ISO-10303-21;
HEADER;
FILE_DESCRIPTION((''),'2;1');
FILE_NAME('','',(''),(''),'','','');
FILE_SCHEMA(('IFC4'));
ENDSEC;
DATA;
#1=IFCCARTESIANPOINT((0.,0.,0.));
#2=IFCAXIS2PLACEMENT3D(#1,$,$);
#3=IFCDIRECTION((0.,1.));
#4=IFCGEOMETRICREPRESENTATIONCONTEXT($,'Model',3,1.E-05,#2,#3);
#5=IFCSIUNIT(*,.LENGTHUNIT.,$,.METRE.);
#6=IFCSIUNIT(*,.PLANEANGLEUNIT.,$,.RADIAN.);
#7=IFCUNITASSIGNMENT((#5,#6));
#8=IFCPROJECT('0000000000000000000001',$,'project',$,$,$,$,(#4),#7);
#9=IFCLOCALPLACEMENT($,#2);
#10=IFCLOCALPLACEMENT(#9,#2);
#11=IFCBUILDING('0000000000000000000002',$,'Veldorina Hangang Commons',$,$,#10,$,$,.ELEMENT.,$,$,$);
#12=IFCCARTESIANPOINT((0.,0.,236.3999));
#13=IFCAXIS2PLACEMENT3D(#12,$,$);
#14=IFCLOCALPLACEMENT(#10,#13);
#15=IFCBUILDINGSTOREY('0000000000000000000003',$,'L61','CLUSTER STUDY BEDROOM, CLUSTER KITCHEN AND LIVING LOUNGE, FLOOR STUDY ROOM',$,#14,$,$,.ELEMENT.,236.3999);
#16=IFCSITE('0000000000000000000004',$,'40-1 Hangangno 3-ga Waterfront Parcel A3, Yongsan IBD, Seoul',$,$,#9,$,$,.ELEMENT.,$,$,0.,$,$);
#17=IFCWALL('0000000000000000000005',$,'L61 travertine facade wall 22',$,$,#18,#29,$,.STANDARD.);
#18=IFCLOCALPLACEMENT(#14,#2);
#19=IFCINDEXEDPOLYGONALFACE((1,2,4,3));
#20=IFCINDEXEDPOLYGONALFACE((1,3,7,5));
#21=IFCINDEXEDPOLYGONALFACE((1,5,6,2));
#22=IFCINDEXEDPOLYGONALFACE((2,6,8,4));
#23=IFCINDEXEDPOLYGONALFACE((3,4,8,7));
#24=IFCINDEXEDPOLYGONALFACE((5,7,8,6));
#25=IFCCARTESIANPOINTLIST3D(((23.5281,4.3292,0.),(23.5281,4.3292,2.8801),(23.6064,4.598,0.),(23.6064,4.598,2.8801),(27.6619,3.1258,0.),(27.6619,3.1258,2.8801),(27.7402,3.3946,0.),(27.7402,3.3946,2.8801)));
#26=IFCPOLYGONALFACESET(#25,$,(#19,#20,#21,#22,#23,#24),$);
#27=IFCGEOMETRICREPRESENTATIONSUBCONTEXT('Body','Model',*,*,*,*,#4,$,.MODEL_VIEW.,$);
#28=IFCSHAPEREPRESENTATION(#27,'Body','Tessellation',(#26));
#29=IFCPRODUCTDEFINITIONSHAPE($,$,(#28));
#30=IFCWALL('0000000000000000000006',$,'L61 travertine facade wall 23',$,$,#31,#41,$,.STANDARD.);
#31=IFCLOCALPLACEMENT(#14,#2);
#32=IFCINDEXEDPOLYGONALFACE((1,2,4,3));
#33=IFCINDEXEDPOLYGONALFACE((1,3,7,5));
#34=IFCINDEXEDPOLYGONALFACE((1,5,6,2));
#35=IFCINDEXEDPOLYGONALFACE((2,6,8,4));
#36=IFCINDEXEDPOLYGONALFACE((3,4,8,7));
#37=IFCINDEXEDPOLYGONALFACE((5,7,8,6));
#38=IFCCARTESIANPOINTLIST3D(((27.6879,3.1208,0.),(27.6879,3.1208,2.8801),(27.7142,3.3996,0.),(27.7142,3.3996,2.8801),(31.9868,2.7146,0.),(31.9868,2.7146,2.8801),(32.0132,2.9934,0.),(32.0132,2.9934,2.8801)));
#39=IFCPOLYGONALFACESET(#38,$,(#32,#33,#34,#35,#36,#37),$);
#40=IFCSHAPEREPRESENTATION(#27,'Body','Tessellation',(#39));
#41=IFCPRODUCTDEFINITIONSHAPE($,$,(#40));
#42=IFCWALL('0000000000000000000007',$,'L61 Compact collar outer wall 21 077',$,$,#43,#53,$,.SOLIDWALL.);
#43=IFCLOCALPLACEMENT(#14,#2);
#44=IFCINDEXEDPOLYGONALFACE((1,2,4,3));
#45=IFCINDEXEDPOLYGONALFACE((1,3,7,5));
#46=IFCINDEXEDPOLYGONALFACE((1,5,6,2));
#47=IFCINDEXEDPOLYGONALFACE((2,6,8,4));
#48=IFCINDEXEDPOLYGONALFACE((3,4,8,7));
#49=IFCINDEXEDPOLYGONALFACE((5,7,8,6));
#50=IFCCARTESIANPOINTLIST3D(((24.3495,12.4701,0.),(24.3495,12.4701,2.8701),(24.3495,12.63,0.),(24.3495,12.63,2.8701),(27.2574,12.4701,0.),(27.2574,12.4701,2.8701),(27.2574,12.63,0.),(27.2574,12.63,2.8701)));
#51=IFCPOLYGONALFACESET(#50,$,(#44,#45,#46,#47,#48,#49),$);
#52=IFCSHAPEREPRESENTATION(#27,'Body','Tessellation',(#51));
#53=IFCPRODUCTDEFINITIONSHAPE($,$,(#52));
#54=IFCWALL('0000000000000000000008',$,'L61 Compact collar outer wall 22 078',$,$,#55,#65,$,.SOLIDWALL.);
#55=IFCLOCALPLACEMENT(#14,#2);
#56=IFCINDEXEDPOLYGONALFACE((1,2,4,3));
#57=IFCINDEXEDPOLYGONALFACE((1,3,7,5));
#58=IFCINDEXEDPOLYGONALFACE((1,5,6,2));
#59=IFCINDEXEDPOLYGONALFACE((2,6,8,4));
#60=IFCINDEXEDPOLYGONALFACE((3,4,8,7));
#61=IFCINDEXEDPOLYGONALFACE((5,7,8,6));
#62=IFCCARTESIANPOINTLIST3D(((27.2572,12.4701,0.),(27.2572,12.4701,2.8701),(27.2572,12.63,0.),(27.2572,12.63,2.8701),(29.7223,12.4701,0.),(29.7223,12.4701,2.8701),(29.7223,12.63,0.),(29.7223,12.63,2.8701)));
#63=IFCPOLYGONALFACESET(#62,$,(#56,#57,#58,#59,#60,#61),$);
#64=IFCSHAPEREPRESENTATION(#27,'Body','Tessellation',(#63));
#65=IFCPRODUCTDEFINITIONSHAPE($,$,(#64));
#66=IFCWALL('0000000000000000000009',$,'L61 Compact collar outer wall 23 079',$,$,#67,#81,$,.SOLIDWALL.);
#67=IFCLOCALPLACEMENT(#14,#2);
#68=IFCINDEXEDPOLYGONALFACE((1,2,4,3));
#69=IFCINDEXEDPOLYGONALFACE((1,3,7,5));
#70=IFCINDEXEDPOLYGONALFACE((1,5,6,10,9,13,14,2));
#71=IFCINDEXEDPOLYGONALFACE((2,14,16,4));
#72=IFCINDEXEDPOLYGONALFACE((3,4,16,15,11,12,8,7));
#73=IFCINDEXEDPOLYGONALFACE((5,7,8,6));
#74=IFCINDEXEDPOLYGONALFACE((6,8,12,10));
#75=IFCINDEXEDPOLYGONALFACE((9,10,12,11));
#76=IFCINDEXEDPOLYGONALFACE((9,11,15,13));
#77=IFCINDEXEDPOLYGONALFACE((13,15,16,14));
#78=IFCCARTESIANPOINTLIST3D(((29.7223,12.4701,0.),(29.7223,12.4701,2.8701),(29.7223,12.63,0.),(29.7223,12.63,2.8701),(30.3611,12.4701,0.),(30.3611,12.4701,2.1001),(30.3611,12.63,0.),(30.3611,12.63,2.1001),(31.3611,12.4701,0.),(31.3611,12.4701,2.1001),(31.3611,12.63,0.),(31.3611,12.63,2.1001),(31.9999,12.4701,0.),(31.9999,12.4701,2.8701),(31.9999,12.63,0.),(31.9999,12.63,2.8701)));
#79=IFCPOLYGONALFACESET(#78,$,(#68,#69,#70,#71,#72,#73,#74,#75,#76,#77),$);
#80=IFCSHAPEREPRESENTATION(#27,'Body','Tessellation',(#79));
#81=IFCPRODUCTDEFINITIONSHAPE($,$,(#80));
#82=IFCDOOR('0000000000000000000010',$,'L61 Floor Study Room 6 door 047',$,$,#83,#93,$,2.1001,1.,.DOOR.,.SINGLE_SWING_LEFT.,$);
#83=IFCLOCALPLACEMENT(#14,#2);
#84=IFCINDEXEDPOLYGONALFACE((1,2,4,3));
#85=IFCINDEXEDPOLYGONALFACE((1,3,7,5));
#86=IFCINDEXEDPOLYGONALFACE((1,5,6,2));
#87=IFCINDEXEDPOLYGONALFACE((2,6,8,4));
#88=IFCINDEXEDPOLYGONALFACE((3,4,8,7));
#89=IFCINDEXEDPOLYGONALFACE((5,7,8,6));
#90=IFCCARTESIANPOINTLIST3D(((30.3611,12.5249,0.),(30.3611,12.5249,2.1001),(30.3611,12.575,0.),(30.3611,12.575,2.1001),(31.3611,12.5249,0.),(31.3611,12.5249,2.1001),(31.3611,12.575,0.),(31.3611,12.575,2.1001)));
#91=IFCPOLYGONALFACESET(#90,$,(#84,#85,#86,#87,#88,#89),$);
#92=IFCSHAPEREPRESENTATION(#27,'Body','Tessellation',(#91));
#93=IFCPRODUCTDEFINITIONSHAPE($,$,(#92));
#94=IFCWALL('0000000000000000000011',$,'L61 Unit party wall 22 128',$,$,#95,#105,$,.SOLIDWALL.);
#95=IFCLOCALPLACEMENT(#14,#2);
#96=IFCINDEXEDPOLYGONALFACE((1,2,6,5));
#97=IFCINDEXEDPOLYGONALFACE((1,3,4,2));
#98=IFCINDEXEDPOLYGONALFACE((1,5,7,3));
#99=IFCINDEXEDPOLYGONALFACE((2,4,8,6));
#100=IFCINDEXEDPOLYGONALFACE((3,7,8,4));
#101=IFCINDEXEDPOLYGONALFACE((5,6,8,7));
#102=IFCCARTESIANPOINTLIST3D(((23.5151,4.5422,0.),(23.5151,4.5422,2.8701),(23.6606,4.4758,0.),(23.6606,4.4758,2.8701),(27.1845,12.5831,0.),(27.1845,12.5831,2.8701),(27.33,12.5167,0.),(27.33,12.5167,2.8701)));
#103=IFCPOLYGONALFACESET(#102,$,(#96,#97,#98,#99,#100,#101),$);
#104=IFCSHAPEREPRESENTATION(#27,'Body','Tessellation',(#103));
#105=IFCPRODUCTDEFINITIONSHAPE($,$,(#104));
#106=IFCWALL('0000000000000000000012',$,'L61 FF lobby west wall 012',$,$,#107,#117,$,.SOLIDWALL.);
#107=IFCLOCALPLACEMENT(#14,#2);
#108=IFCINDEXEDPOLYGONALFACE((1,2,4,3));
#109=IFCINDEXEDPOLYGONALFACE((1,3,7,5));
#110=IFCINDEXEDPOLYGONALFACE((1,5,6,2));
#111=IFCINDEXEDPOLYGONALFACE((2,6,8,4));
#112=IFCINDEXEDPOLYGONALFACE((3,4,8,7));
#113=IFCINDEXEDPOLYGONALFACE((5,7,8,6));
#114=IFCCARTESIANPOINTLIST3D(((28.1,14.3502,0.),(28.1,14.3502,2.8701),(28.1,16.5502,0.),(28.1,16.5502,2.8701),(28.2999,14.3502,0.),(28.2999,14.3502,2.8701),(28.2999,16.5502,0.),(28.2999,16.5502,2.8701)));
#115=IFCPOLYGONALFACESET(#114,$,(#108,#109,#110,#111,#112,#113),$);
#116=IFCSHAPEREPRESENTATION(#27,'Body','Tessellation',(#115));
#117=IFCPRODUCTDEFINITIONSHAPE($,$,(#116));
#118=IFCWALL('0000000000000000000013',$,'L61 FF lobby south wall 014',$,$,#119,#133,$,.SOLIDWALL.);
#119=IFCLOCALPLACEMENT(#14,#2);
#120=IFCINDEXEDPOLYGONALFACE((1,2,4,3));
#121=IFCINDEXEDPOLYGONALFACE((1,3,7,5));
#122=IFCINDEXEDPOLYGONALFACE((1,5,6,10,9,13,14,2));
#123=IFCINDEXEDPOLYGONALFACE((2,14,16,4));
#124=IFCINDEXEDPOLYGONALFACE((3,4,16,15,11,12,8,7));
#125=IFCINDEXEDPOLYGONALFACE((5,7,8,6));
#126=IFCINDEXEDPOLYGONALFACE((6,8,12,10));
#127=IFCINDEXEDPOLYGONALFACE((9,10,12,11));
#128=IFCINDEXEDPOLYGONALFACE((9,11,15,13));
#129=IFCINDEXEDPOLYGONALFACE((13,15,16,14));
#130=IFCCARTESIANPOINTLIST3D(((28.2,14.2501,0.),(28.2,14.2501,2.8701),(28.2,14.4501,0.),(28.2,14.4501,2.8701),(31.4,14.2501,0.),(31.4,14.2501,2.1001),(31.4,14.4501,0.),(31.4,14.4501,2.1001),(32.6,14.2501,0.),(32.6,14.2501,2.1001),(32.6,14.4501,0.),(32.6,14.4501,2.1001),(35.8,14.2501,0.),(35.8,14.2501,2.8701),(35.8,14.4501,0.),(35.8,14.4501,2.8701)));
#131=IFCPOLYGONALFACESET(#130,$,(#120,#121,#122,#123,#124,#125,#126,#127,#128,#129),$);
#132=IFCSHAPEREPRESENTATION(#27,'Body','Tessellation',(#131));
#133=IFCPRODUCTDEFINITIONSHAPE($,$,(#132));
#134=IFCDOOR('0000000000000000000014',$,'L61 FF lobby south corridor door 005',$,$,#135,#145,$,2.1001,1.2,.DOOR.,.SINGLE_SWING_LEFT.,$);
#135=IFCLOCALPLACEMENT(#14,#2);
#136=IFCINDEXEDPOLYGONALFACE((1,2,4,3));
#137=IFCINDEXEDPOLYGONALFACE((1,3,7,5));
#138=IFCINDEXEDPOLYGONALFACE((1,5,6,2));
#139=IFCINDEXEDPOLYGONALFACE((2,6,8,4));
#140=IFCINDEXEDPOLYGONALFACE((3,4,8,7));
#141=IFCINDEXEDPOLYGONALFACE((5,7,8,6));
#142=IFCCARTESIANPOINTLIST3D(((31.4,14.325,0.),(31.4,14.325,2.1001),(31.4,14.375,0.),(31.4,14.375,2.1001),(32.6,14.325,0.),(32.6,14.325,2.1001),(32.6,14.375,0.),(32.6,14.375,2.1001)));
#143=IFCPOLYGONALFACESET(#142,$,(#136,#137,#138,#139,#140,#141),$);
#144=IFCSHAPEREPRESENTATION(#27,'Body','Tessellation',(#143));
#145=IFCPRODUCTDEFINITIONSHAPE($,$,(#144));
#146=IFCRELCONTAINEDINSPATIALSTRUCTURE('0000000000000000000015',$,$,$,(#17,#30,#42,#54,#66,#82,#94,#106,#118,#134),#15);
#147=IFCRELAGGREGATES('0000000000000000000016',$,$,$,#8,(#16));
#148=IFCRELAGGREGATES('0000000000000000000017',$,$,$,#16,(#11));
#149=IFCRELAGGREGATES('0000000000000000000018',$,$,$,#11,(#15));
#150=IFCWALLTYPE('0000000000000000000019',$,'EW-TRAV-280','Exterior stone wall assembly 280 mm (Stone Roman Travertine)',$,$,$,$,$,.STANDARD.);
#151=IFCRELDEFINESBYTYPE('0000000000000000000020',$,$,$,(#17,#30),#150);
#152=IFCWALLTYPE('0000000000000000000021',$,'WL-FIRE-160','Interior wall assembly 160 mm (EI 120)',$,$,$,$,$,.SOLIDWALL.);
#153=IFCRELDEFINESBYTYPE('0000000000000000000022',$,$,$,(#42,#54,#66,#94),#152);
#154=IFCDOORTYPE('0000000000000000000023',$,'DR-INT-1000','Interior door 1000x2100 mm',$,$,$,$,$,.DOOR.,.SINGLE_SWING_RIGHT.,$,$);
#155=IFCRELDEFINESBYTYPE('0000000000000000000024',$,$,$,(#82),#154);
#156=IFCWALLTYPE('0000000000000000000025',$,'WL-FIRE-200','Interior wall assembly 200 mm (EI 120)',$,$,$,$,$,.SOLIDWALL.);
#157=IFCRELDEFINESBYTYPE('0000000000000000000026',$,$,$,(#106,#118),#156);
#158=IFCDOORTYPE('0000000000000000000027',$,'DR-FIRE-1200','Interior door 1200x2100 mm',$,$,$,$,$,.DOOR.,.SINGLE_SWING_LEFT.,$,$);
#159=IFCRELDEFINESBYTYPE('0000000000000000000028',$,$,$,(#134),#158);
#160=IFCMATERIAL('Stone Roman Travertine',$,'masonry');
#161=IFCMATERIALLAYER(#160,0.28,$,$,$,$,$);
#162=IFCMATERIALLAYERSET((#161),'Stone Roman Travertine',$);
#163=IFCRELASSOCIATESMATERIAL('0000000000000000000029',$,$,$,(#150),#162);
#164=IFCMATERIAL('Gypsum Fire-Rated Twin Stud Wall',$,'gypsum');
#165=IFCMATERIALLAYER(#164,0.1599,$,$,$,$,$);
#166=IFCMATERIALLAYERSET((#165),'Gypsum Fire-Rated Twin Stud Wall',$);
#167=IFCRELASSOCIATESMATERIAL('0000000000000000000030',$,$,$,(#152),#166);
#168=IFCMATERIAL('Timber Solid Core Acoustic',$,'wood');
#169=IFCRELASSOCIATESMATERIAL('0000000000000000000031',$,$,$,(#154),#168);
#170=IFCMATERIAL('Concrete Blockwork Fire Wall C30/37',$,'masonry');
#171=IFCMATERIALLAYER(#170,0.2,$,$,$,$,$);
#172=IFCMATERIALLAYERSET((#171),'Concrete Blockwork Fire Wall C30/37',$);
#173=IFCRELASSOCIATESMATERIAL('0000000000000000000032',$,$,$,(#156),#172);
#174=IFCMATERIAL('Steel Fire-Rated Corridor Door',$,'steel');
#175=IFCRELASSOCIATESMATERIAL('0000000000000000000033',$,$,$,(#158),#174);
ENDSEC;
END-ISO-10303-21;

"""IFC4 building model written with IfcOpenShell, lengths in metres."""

from ifc_helpers import new_model, si_unit, direction, frame, frame_2d, origin, place, context, subcontext, project, spatial, rectangle, extrude, material, layer, layer_set, type_object, element, fill, save


model = new_model("IFC4")

# Units and contexts
model_context = context("Model", 3, precision=1e-05, world=origin(), true_north=direction((0.0, 1.0)))
body_context = subcontext(model_context, "Body", "Model", "MODEL_VIEW")
ifc_project = project(units=[si_unit("LENGTHUNIT", "METRE"), si_unit("PLANEANGLEUNIT", "RADIAN")], contexts=[model_context])

# Site, building, storey
site_placement = place(None, origin())
site = spatial("IfcSite", under=ifc_project, at=site_placement, Name="40-1 Hangangno 3-ga Waterfront Parcel A3, Yongsan IBD, Seoul", CompositionType="ELEMENT", RefElevation=0.0)
building_placement = place(site_placement, origin())
building = spatial("IfcBuilding", under=site, at=building_placement, Name="Veldorina Hangang Commons", CompositionType="ELEMENT")
storey_placement = place(building_placement, frame((0.0, 0.0, 236.3999)))
storey = spatial("IfcBuildingStorey", under=building, at=storey_placement, Name="L61", Description="CLUSTER STUDY BEDROOM, CLUSTER KITCHEN AND LIVING LOUNGE, FLOOR STUDY ROOM", CompositionType="ELEMENT", Elevation=236.3999)

# Walls
ifc_material_1 = material(Name="Stone Roman Travertine", Category="masonry")
ifc_layer_1 = layer(ifc_material_1, 0.28)
ifc_layer_set_1 = layer_set([ifc_layer_1], Name="Stone Roman Travertine")
wall_type_1 = type_object("IfcWallType", Name="EW-TRAV-280", Description="Exterior stone wall assembly 280 mm (Stone Roman Travertine)", PredefinedType="STANDARD", material=ifc_layer_set_1)
wall_1_placement = place(storey_placement, frame((23.5671, 4.4636, 0.0), z_axis=(0.0, 0.0, 1.0), x_axis=(0.960145, -0.279503, 0.0)))
element("IfcWall", 1, at=wall_1_placement, inside=storey, type_object=wall_type_1, Name="L61 travertine facade wall 22", PredefinedType="STANDARD", context=body_context, shape_type="SweptSolid", body=[
    extrude(rectangle(XDim=4.3054, YDim=0.28, at=frame_2d((2.1528, 0.0))), origin(), (0.0, 0.0, 1.0), 2.8801),
])
wall_2_placement = place(storey_placement, frame((27.7009, 3.2603, 0.0), z_axis=(0.0, 0.0, 1.0), x_axis=(0.995565, -0.094078, 0.0)))
element("IfcWall", 2, at=wall_2_placement, inside=storey, type_object=wall_type_1, Name="L61 travertine facade wall 23", PredefinedType="STANDARD", context=body_context, shape_type="SweptSolid", body=[
    extrude(rectangle(XDim=4.3181, YDim=0.28, at=frame_2d((2.1592, 0.0))), origin(), (0.0, 0.0, 1.0), 2.8801),
])
ifc_material_2 = material(Name="Gypsum Fire-Rated Twin Stud Wall", Category="gypsum")
ifc_layer_2 = layer(ifc_material_2, 0.1599)
ifc_layer_set_2 = layer_set([ifc_layer_2], Name="Gypsum Fire-Rated Twin Stud Wall")
wall_type_2 = type_object("IfcWallType", Name="WL-FIRE-160", Description="Interior wall assembly 160 mm (EI 120)", PredefinedType="SOLIDWALL", material=ifc_layer_set_2)
wall_3_placement = place(storey_placement, frame((24.3494, 12.55, 0.0), z_axis=(0.0, 0.0, 1.0), x_axis=(1.0, 0.0, 0.0)))
element("IfcWall", 3, at=wall_3_placement, inside=storey, type_object=wall_type_2, Name="L61 Compact collar outer wall 21 077", PredefinedType="SOLIDWALL", context=body_context, shape_type="SweptSolid", body=[
    extrude(rectangle(XDim=2.908, YDim=0.1599, at=frame_2d((1.4541, 0.0))), origin(), (0.0, 0.0, 1.0), 2.8701),
])
wall_4_placement = place(storey_placement, frame((27.2573, 12.55, 0.0), z_axis=(0.0, 0.0, 1.0), x_axis=(1.0, 0.0, 0.0)))
element("IfcWall", 4, at=wall_4_placement, inside=storey, type_object=wall_type_2, Name="L61 Compact collar outer wall 22 078", PredefinedType="SOLIDWALL", context=body_context, shape_type="SweptSolid", body=[
    extrude(rectangle(XDim=2.4651, YDim=0.1599, at=frame_2d((1.2324, 0.0))), origin(), (0.0, 0.0, 1.0), 2.8701),
])

# Wall, opening, door
wall_5_placement = place(storey_placement, frame((29.7224, 12.55, 0.0), z_axis=(0.0, 0.0, 1.0), x_axis=(1.0, 0.0, 0.0)))
wall_5 = element("IfcWall", 5, at=wall_5_placement, inside=storey, type_object=wall_type_2, Name="L61 Compact collar outer wall 23 079", PredefinedType="SOLIDWALL", context=body_context, shape_type="SweptSolid", body=[
    extrude(rectangle(XDim=2.2776, YDim=0.1599, at=frame_2d((1.1387, 0.0))), origin(), (0.0, 0.0, 1.0), 2.8701),
])
opening_1_placement = place(wall_5_placement, frame((0.6387, 0.0, 0.0)))
opening_1 = element("IfcOpeningElement", 6, at=opening_1_placement, cuts=wall_5, PredefinedType="OPENING", context=body_context, shape_type="SweptSolid", body=[
    extrude(rectangle(XDim=1.0, YDim=2.1001, at=frame_2d((0.5, 1.05))), frame((0.0, 0.0898, 0.0), z_axis=(0.0, -1.0, 0.0), x_axis=(1.0, 0.0, 0.0)), (0.0, 0.0, 1.0), 0.1799),
])
ifc_material_3 = material(Name="Timber Solid Core Acoustic", Category="wood")
door_type_1 = type_object("IfcDoorType", Name="DR-INT-1000", Description="Interior door 1000x2100 mm", OperationType="SINGLE_SWING_RIGHT", PredefinedType="DOOR", material=ifc_material_3)
door_1_placement = place(opening_1_placement, origin())
door_1 = element("IfcDoor", 7, at=door_1_placement, inside=storey, type_object=door_type_1, Name="L61 Floor Study Room 6 door 047", OperationType="SINGLE_SWING_LEFT", OverallHeight=2.1001, OverallWidth=1.0, PredefinedType="DOOR", context=body_context, shape_type="SweptSolid", body=[
    extrude(rectangle(XDim=1.0, YDim=2.1001, at=frame_2d((0.5, 1.05))), frame((0.0, 0.0249, 0.0), z_axis=(0.0, -1.0, 0.0), x_axis=(1.0, 0.0, 0.0)), (0.0, 0.0, 1.0), 0.05),
])
fill(opening_1, door_1)

# Walls
wall_6_placement = place(storey_placement, frame((27.2573, 12.55, 0.0), z_axis=(0.0, 0.0, 1.0), x_axis=(-0.415155, -0.909751, 0.0)))
element("IfcWall", 8, at=wall_6_placement, inside=storey, type_object=wall_type_2, Name="L61 Unit party wall 22 128", PredefinedType="SOLIDWALL", context=body_context, shape_type="SweptSolid", body=[
    extrude(rectangle(XDim=8.8386, YDim=0.1599, at=frame_2d((4.4194, 0.0))), origin(), (0.0, 0.0, 1.0), 2.8701),
])
ifc_material_4 = material(Name="Concrete Blockwork Fire Wall C30/37", Category="masonry")
ifc_layer_3 = layer(ifc_material_4, 0.2)
ifc_layer_set_3 = layer_set([ifc_layer_3], Name="Concrete Blockwork Fire Wall C30/37")
wall_type_3 = type_object("IfcWallType", Name="WL-FIRE-200", Description="Interior wall assembly 200 mm (EI 120)", PredefinedType="SOLIDWALL", material=ifc_layer_set_3)
wall_7_placement = place(storey_placement, frame((28.2, 14.3501, 0.0), z_axis=(0.0, 0.0, 1.0), x_axis=(0.0, 1.0, 0.0)))
element("IfcWall", 9, at=wall_7_placement, inside=storey, type_object=wall_type_3, Name="L61 FF lobby west wall 012", PredefinedType="SOLIDWALL", context=body_context, shape_type="SweptSolid", body=[
    extrude(rectangle(XDim=2.2, YDim=0.2, at=frame_2d((1.1001, 0.0))), origin(), (0.0, 0.0, 1.0), 2.8701),
])

# Wall, opening, door
wall_8_placement = place(storey_placement, frame((28.2, 14.3501, 0.0), z_axis=(0.0, 0.0, 1.0), x_axis=(1.0, 0.0, 0.0)))
wall_8 = element("IfcWall", 10, at=wall_8_placement, inside=storey, type_object=wall_type_3, Name="L61 FF lobby south wall 014", PredefinedType="SOLIDWALL", context=body_context, shape_type="SweptSolid", body=[
    extrude(rectangle(XDim=7.6001, YDim=0.2, at=frame_2d((3.8, 0.0))), origin(), (0.0, 0.0, 1.0), 2.8701),
])
opening_2_placement = place(wall_8_placement, frame((3.2, 0.0, 0.0)))
opening_2 = element("IfcOpeningElement", 11, at=opening_2_placement, cuts=wall_8, PredefinedType="OPENING", context=body_context, shape_type="SweptSolid", body=[
    extrude(rectangle(XDim=1.2, YDim=2.1001, at=frame_2d((0.6001, 1.05))), frame((0.0, 0.1099, 0.0), z_axis=(0.0, -1.0, 0.0), x_axis=(1.0, 0.0, 0.0)), (0.0, 0.0, 1.0), 0.22),
])
ifc_material_5 = material(Name="Steel Fire-Rated Corridor Door", Category="steel")
door_type_2 = type_object("IfcDoorType", Name="DR-FIRE-1200", Description="Interior door 1200x2100 mm", OperationType="SINGLE_SWING_LEFT", PredefinedType="DOOR", material=ifc_material_5)
door_2_placement = place(opening_2_placement, origin())
door_2 = element("IfcDoor", 12, at=door_2_placement, inside=storey, type_object=door_type_2, Name="L61 FF lobby south corridor door 005", OperationType="SINGLE_SWING_LEFT", OverallHeight=2.1001, OverallWidth=1.2, PredefinedType="DOOR", context=body_context, shape_type="SweptSolid", body=[
    extrude(rectangle(XDim=1.2, YDim=2.1001, at=frame_2d((0.6001, 1.05))), frame((0.0, 0.0249, 0.0), z_axis=(0.0, -1.0, 0.0), x_axis=(1.0, 0.0, 0.0)), (0.0, 0.0, 1.0), 0.05),
])
fill(opening_2, door_2)

save(model, "model.ifc")
